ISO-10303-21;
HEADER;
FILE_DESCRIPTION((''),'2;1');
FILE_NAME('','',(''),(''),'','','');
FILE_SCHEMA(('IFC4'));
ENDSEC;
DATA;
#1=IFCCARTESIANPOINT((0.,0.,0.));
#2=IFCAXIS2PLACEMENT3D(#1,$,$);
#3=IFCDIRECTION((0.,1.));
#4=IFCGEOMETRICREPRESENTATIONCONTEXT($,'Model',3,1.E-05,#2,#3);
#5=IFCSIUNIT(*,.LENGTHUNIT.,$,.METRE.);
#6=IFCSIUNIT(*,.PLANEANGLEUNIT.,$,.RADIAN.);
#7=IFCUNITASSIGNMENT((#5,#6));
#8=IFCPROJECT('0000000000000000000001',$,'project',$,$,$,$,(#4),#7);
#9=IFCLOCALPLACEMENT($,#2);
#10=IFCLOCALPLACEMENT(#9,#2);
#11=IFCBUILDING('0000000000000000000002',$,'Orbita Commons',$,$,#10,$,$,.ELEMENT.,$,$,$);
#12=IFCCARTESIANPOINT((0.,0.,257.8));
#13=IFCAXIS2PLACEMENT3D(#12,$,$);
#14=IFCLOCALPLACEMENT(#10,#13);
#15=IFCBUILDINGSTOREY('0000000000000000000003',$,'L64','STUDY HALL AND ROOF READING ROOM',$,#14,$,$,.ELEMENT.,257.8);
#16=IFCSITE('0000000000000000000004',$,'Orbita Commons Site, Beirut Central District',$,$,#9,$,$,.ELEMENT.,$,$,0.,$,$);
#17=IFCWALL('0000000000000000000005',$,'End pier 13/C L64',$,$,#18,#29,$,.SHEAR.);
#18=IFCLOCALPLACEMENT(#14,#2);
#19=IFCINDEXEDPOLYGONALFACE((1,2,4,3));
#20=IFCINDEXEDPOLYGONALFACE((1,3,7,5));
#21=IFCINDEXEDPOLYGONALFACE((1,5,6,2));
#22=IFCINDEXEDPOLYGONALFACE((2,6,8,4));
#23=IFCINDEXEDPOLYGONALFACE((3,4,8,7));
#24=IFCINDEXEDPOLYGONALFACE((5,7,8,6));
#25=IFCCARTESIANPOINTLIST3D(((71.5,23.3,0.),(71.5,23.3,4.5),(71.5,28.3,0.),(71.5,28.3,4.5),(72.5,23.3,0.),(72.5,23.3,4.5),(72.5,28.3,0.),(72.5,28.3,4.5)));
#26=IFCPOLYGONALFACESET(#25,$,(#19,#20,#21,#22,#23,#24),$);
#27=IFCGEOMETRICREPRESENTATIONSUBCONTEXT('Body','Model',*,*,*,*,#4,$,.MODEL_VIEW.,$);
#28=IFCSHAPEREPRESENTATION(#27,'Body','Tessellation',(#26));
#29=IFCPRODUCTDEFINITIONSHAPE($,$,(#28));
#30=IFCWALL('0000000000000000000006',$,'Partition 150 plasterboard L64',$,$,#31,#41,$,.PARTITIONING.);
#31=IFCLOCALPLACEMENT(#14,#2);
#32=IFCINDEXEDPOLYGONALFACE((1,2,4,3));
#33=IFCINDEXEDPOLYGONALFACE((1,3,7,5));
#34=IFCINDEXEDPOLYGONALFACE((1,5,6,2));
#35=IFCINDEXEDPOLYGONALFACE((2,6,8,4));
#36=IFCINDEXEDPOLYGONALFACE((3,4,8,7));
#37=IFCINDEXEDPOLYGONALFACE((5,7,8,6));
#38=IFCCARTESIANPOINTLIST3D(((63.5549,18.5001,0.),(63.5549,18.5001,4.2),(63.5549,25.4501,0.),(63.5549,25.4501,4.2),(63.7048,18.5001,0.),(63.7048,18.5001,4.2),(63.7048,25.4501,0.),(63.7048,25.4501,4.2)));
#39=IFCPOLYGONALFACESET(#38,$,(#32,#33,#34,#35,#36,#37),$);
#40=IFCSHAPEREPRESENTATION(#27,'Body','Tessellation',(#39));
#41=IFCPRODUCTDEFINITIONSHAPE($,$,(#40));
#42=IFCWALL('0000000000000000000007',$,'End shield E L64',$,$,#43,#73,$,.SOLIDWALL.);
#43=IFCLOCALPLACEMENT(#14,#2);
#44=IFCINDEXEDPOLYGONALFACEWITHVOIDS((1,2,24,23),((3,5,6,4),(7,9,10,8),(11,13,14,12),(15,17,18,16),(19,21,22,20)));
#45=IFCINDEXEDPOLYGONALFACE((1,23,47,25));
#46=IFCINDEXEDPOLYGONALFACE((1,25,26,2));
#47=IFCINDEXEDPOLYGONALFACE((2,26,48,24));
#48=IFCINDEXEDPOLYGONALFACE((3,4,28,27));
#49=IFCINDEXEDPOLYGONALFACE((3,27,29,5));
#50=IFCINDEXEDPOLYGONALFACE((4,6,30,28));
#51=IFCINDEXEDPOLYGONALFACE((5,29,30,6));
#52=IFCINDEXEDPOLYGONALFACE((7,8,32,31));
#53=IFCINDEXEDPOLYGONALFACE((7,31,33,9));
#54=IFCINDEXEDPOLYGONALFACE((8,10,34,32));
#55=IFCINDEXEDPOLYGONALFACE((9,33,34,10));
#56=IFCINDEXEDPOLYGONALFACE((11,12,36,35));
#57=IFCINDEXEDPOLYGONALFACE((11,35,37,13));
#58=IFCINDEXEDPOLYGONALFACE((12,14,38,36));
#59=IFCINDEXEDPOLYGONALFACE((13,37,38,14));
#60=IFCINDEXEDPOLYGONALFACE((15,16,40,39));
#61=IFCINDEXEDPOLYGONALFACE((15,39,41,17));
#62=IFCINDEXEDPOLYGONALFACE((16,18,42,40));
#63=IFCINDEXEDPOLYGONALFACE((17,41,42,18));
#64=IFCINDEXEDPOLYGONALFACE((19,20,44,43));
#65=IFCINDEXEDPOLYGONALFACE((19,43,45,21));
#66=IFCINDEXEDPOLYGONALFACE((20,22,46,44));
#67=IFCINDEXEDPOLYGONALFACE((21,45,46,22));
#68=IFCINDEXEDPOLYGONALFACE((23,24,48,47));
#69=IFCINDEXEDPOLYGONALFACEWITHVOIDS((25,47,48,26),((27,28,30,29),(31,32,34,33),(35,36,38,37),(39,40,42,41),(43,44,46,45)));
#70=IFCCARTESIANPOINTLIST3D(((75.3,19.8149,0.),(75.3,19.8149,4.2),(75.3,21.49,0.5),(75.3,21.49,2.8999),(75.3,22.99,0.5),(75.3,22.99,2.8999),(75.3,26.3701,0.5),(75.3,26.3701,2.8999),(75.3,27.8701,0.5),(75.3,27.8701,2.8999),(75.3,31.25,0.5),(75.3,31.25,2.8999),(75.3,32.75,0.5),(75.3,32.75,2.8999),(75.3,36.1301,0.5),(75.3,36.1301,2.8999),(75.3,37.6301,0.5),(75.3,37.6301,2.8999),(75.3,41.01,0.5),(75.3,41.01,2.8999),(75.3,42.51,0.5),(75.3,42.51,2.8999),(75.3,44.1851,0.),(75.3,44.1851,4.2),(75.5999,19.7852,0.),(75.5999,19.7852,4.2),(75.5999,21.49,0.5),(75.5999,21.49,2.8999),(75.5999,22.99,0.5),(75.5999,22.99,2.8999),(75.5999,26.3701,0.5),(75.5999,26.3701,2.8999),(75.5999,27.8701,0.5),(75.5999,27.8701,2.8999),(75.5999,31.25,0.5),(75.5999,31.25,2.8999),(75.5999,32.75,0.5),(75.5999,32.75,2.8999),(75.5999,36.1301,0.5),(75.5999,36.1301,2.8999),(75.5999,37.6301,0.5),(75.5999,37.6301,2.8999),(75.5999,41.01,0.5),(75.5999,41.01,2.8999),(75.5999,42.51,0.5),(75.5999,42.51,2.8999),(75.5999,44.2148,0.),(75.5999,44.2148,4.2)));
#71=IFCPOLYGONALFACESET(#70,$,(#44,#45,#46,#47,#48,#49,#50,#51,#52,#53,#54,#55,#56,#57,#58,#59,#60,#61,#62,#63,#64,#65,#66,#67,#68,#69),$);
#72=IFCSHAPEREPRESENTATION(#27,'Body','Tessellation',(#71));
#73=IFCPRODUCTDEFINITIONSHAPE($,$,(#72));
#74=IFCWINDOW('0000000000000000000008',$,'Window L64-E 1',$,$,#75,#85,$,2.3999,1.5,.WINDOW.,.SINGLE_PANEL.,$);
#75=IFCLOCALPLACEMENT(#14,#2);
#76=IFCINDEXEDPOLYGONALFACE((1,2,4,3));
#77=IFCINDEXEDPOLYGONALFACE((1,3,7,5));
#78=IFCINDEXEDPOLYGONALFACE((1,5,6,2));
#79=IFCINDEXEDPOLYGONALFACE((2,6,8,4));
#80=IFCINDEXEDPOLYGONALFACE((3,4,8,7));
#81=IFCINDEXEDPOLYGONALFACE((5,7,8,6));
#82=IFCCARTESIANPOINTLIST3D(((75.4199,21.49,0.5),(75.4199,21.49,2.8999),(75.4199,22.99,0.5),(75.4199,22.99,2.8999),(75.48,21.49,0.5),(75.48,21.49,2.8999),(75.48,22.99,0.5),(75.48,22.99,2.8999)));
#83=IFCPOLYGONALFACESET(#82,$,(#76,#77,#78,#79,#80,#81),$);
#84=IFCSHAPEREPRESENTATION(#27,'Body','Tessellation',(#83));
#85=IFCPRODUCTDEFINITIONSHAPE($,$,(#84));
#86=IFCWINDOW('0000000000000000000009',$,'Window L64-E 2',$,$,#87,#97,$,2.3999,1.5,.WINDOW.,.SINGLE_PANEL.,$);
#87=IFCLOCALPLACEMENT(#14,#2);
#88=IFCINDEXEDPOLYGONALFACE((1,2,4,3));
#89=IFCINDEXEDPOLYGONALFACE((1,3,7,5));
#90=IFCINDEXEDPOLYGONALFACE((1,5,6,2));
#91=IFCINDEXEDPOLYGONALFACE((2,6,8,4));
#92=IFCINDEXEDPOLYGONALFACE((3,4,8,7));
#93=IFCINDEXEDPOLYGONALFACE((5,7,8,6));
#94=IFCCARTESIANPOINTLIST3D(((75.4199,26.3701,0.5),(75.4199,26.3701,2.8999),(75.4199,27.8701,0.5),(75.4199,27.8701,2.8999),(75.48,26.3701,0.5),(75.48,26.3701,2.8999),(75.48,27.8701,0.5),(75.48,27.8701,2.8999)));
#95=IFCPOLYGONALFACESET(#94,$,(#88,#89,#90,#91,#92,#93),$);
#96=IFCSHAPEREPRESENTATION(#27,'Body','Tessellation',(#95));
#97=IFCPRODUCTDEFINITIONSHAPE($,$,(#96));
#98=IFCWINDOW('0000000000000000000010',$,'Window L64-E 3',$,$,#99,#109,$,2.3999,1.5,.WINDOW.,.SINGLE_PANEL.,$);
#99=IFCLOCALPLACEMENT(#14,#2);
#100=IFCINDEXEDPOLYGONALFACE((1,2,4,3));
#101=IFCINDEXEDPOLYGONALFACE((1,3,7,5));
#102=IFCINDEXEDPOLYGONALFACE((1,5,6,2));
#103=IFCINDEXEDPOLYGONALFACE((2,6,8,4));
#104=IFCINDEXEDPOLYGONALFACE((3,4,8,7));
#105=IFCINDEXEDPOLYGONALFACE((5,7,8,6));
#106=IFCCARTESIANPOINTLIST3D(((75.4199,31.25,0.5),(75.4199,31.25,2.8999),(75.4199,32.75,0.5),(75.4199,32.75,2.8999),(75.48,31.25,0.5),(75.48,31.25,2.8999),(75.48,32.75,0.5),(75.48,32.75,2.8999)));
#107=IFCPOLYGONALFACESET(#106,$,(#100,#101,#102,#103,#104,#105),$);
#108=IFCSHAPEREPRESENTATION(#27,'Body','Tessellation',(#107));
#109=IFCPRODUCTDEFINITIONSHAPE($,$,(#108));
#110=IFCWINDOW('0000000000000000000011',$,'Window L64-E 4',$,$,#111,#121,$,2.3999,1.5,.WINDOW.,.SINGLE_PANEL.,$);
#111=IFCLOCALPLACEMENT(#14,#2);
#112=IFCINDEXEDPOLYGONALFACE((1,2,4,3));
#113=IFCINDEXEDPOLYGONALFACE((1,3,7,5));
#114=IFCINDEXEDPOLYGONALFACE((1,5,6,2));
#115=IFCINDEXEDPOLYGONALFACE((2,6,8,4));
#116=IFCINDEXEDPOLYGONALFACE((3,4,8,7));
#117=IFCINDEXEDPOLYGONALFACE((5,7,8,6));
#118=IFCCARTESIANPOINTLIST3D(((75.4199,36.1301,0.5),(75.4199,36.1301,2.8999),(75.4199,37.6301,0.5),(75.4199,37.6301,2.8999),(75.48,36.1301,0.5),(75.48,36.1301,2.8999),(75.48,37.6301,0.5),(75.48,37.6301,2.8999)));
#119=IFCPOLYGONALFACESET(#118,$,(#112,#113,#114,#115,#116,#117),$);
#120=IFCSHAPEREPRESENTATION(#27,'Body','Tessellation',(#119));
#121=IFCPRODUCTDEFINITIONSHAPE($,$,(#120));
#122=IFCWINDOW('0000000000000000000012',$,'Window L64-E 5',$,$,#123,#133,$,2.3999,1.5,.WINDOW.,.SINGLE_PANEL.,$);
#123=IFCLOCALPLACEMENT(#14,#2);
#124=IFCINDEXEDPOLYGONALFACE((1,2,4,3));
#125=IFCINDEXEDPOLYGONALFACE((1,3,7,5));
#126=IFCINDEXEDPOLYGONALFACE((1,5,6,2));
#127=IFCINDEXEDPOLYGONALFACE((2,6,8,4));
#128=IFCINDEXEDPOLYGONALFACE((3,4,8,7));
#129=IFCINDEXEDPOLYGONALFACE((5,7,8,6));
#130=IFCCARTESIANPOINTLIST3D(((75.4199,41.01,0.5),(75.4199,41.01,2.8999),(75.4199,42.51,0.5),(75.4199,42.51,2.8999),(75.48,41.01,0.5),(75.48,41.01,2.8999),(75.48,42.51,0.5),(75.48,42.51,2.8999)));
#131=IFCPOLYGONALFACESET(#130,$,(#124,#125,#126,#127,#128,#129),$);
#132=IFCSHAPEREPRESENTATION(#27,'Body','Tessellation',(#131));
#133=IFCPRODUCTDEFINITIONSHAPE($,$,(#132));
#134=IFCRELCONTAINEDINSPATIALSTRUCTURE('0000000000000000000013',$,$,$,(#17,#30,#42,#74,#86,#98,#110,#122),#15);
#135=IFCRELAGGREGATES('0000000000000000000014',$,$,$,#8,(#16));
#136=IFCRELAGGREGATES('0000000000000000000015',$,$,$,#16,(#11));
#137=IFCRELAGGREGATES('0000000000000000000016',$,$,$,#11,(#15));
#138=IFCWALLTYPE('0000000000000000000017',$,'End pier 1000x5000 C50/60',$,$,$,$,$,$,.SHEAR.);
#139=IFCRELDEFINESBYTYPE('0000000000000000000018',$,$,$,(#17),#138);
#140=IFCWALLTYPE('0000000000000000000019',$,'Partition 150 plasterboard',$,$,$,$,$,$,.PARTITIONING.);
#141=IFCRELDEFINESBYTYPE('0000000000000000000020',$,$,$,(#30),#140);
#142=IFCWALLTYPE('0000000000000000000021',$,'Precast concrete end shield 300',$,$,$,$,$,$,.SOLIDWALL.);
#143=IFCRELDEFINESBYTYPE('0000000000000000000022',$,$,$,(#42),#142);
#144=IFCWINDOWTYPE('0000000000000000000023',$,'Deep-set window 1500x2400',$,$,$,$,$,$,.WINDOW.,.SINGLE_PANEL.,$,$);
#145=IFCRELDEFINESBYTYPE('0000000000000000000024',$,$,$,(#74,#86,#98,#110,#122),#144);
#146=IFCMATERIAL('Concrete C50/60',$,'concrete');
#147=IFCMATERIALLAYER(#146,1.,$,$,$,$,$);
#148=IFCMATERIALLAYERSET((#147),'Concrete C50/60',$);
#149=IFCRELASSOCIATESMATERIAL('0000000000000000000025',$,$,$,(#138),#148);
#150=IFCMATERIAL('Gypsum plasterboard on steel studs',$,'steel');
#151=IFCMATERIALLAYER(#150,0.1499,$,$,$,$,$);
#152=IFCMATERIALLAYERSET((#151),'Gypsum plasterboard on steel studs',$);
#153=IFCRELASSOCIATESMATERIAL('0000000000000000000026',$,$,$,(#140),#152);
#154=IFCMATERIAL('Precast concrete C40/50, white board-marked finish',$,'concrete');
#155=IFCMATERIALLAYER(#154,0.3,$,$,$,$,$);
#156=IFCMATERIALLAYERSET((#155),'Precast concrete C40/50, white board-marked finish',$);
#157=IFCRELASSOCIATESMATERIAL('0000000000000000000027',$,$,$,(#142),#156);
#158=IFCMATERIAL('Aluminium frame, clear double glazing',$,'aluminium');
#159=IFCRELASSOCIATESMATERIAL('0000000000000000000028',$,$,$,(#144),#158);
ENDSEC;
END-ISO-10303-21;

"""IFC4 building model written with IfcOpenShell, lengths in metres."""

from ifc_helpers import new_model, si_unit, direction, frame, frame_2d, origin, place, context, subcontext, project, spatial, polyline, rectangle, outline, extrude, material, layer, layer_set, type_object, element, fill, save


model = new_model("IFC4")

# Units and contexts
model_context = context("Model", 3, precision=1e-05, world=origin(), true_north=direction((0.0, 1.0)))
body_context = subcontext(model_context, "Body", "Model", "MODEL_VIEW")
ifc_project = project(units=[si_unit("LENGTHUNIT", "METRE"), si_unit("PLANEANGLEUNIT", "RADIAN")], contexts=[model_context])

# Site, building, storey
site_placement = place(None, origin())
site = spatial("IfcSite", under=ifc_project, at=site_placement, Name="Orbita Commons Site, Beirut Central District", CompositionType="ELEMENT", RefElevation=0.0)
building_placement = place(site_placement, origin())
building = spatial("IfcBuilding", under=site, at=building_placement, Name="Orbita Commons", CompositionType="ELEMENT")
storey_placement = place(building_placement, frame((0.0, 0.0, 257.8)))
storey = spatial("IfcBuildingStorey", under=building, at=storey_placement, Name="L64", Description="STUDY HALL AND ROOF READING ROOM", CompositionType="ELEMENT", Elevation=257.8)

# Walls
ifc_material_1 = material(Name="Concrete C50/60", Category="concrete")
ifc_layer_1 = layer(ifc_material_1, 1.0)
ifc_layer_set_1 = layer_set([ifc_layer_1], Name="Concrete C50/60")
wall_type_1 = type_object("IfcWallType", Name="End pier 1000x5000 C50/60", PredefinedType="SHEAR", material=ifc_layer_set_1)
wall_1_placement = place(storey_placement, frame((72.0, 23.3, 0.0), z_axis=(0.0, 0.0, 1.0), x_axis=(0.0, 1.0, 0.0)))
element("IfcWall", 1, at=wall_1_placement, inside=storey, type_object=wall_type_1, Name="End pier 13/C L64", PredefinedType="SHEAR", context=body_context, shape_type="SweptSolid", body=[
    extrude(rectangle(XDim=5.0, YDim=1.0, at=frame_2d((2.5, 0.0))), origin(), (0.0, 0.0, 1.0), 4.5),
])
ifc_material_2 = material(Name="Gypsum plasterboard on steel studs", Category="steel")
ifc_layer_2 = layer(ifc_material_2, 0.1499)
ifc_layer_set_2 = layer_set([ifc_layer_2], Name="Gypsum plasterboard on steel studs")
wall_type_2 = type_object("IfcWallType", Name="Partition 150 plasterboard", PredefinedType="PARTITIONING", material=ifc_layer_set_2)
wall_2_placement = place(storey_placement, frame((63.6299, 18.5, 0.0), z_axis=(0.0, 0.0, 1.0), x_axis=(0.0, 1.0, 0.0)))
element("IfcWall", 2, at=wall_2_placement, inside=storey, type_object=wall_type_2, Name="Partition 150 plasterboard L64", PredefinedType="PARTITIONING", context=body_context, shape_type="SweptSolid", body=[
    extrude(rectangle(XDim=6.95, YDim=0.1499, at=frame_2d((3.4751, 0.0))), origin(), (0.0, 0.0, 1.0), 4.2),
])

# Wall, openings, windows
ifc_material_3 = material(Name="Precast concrete C40/50, white board-marked finish", Category="concrete")
ifc_layer_3 = layer(ifc_material_3, 0.3)
ifc_layer_set_3 = layer_set([ifc_layer_3], Name="Precast concrete C40/50, white board-marked finish")
wall_type_3 = type_object("IfcWallType", Name="Precast concrete end shield 300", PredefinedType="SOLIDWALL", material=ifc_layer_set_3)
wall_3_placement = place(storey_placement, frame((75.45, 19.8, 0.0), z_axis=(0.0, 0.0, 1.0), x_axis=(0.0, 1.0, 0.0)))
wall_3 = element("IfcWall", 3, at=wall_3_placement, inside=storey, type_object=wall_type_3, Name="End shield E L64", PredefinedType="SOLIDWALL", context=body_context, shape_type="SweptSolid", body=[
    extrude(outline(polyline([(-0.0149, -0.1499), (24.4148, -0.1499), (24.385, 0.1499), (0.0149, 0.1499), (-0.0149, -0.1499)])), origin(), (0.0, 0.0, 1.0), 4.2),
])
opening_1_placement = place(wall_3_placement, frame((1.6899, 0.0, 0.5)))
opening_1 = element("IfcOpeningElement", 4, at=opening_1_placement, cuts=wall_3, PredefinedType="OPENING", context=body_context, shape_type="SweptSolid", body=[
    extrude(rectangle(XDim=1.5, YDim=2.3999, at=frame_2d((0.75, 1.2))), frame((0.0, 0.1599, 0.0), z_axis=(0.0, -1.0, 0.0), x_axis=(1.0, 0.0, 0.0)), (0.0, 0.0, 1.0), 0.3201),
])
opening_2_placement = place(wall_3_placement, frame((6.5701, 0.0, 0.5)))
opening_2 = element("IfcOpeningElement", 5, at=opening_2_placement, cuts=wall_3, PredefinedType="OPENING", context=body_context, shape_type="SweptSolid", body=[
    extrude(rectangle(XDim=1.5, YDim=2.3999, at=frame_2d((0.75, 1.2))), frame((0.0, 0.1599, 0.0), z_axis=(0.0, -1.0, 0.0), x_axis=(1.0, 0.0, 0.0)), (0.0, 0.0, 1.0), 0.3201),
])
opening_3_placement = place(wall_3_placement, frame((11.45, 0.0, 0.5)))
opening_3 = element("IfcOpeningElement", 6, at=opening_3_placement, cuts=wall_3, PredefinedType="OPENING", context=body_context, shape_type="SweptSolid", body=[
    extrude(rectangle(XDim=1.5, YDim=2.3999, at=frame_2d((0.75, 1.2))), frame((0.0, 0.1599, 0.0), z_axis=(0.0, -1.0, 0.0), x_axis=(1.0, 0.0, 0.0)), (0.0, 0.0, 1.0), 0.3201),
])
opening_4_placement = place(wall_3_placement, frame((16.3301, 0.0, 0.5)))
opening_4 = element("IfcOpeningElement", 7, at=opening_4_placement, cuts=wall_3, PredefinedType="OPENING", context=body_context, shape_type="SweptSolid", body=[
    extrude(rectangle(XDim=1.5, YDim=2.3999, at=frame_2d((0.75, 1.2))), frame((0.0, 0.1599, 0.0), z_axis=(0.0, -1.0, 0.0), x_axis=(1.0, 0.0, 0.0)), (0.0, 0.0, 1.0), 0.3201),
])
opening_5_placement = place(wall_3_placement, frame((21.21, 0.0, 0.5)))
opening_5 = element("IfcOpeningElement", 8, at=opening_5_placement, cuts=wall_3, PredefinedType="OPENING", context=body_context, shape_type="SweptSolid", body=[
    extrude(rectangle(XDim=1.5, YDim=2.3999, at=frame_2d((0.75, 1.2))), frame((0.0, 0.1599, 0.0), z_axis=(0.0, -1.0, 0.0), x_axis=(1.0, 0.0, 0.0)), (0.0, 0.0, 1.0), 0.3201),
])
ifc_material_4 = material(Name="Aluminium frame, clear double glazing", Category="aluminium")
window_type = type_object("IfcWindowType", Name="Deep-set window 1500x2400", PartitioningType="SINGLE_PANEL", PredefinedType="WINDOW", material=ifc_material_4)
window_1_placement = place(opening_1_placement, origin())
window_1 = element("IfcWindow", 9, at=window_1_placement, inside=storey, type_object=window_type, Name="Window L64-E 1", OverallHeight=2.3999, OverallWidth=1.5, PartitioningType="SINGLE_PANEL", PredefinedType="WINDOW", context=body_context, shape_type="SweptSolid", body=[
    extrude(rectangle(XDim=1.5, YDim=2.3999, at=frame_2d((0.75, 1.2))), frame((0.0, 0.03, 0.0), z_axis=(0.0, -1.0, 0.0), x_axis=(1.0, 0.0, 0.0)), (0.0, 0.0, 1.0), 0.0601),
])
fill(opening_1, window_1)
window_2_placement = place(opening_2_placement, origin())
window_2 = element("IfcWindow", 10, at=window_2_placement, inside=storey, type_object=window_type, Name="Window L64-E 2", OverallHeight=2.3999, OverallWidth=1.5, PartitioningType="SINGLE_PANEL", PredefinedType="WINDOW", context=body_context, shape_type="SweptSolid", body=[
    extrude(rectangle(XDim=1.5, YDim=2.3999, at=frame_2d((0.75, 1.2))), frame((0.0, 0.03, 0.0), z_axis=(0.0, -1.0, 0.0), x_axis=(1.0, 0.0, 0.0)), (0.0, 0.0, 1.0), 0.0601),
])
fill(opening_2, window_2)
window_3_placement = place(opening_3_placement, origin())
window_3 = element("IfcWindow", 11, at=window_3_placement, inside=storey, type_object=window_type, Name="Window L64-E 3", OverallHeight=2.3999, OverallWidth=1.5, PartitioningType="SINGLE_PANEL", PredefinedType="WINDOW", context=body_context, shape_type="SweptSolid", body=[
    extrude(rectangle(XDim=1.5, YDim=2.3999, at=frame_2d((0.75, 1.2))), frame((0.0, 0.03, 0.0), z_axis=(0.0, -1.0, 0.0), x_axis=(1.0, 0.0, 0.0)), (0.0, 0.0, 1.0), 0.0601),
])
fill(opening_3, window_3)
window_4_placement = place(opening_4_placement, origin())
window_4 = element("IfcWindow", 12, at=window_4_placement, inside=storey, type_object=window_type, Name="Window L64-E 4", OverallHeight=2.3999, OverallWidth=1.5, PartitioningType="SINGLE_PANEL", PredefinedType="WINDOW", context=body_context, shape_type="SweptSolid", body=[
    extrude(rectangle(XDim=1.5, YDim=2.3999, at=frame_2d((0.75, 1.2))), frame((0.0, 0.03, 0.0), z_axis=(0.0, -1.0, 0.0), x_axis=(1.0, 0.0, 0.0)), (0.0, 0.0, 1.0), 0.0601),
])
fill(opening_4, window_4)
window_5_placement = place(opening_5_placement, origin())
window_5 = element("IfcWindow", 13, at=window_5_placement, inside=storey, type_object=window_type, Name="Window L64-E 5", OverallHeight=2.3999, OverallWidth=1.5, PartitioningType="SINGLE_PANEL", PredefinedType="WINDOW", context=body_context, shape_type="SweptSolid", body=[
    extrude(rectangle(XDim=1.5, YDim=2.3999, at=frame_2d((0.75, 1.2))), frame((0.0, 0.03, 0.0), z_axis=(0.0, -1.0, 0.0), x_axis=(1.0, 0.0, 0.0)), (0.0, 0.0, 1.0), 0.0601),
])
fill(opening_5, window_5)

save(model, "model.ifc")
